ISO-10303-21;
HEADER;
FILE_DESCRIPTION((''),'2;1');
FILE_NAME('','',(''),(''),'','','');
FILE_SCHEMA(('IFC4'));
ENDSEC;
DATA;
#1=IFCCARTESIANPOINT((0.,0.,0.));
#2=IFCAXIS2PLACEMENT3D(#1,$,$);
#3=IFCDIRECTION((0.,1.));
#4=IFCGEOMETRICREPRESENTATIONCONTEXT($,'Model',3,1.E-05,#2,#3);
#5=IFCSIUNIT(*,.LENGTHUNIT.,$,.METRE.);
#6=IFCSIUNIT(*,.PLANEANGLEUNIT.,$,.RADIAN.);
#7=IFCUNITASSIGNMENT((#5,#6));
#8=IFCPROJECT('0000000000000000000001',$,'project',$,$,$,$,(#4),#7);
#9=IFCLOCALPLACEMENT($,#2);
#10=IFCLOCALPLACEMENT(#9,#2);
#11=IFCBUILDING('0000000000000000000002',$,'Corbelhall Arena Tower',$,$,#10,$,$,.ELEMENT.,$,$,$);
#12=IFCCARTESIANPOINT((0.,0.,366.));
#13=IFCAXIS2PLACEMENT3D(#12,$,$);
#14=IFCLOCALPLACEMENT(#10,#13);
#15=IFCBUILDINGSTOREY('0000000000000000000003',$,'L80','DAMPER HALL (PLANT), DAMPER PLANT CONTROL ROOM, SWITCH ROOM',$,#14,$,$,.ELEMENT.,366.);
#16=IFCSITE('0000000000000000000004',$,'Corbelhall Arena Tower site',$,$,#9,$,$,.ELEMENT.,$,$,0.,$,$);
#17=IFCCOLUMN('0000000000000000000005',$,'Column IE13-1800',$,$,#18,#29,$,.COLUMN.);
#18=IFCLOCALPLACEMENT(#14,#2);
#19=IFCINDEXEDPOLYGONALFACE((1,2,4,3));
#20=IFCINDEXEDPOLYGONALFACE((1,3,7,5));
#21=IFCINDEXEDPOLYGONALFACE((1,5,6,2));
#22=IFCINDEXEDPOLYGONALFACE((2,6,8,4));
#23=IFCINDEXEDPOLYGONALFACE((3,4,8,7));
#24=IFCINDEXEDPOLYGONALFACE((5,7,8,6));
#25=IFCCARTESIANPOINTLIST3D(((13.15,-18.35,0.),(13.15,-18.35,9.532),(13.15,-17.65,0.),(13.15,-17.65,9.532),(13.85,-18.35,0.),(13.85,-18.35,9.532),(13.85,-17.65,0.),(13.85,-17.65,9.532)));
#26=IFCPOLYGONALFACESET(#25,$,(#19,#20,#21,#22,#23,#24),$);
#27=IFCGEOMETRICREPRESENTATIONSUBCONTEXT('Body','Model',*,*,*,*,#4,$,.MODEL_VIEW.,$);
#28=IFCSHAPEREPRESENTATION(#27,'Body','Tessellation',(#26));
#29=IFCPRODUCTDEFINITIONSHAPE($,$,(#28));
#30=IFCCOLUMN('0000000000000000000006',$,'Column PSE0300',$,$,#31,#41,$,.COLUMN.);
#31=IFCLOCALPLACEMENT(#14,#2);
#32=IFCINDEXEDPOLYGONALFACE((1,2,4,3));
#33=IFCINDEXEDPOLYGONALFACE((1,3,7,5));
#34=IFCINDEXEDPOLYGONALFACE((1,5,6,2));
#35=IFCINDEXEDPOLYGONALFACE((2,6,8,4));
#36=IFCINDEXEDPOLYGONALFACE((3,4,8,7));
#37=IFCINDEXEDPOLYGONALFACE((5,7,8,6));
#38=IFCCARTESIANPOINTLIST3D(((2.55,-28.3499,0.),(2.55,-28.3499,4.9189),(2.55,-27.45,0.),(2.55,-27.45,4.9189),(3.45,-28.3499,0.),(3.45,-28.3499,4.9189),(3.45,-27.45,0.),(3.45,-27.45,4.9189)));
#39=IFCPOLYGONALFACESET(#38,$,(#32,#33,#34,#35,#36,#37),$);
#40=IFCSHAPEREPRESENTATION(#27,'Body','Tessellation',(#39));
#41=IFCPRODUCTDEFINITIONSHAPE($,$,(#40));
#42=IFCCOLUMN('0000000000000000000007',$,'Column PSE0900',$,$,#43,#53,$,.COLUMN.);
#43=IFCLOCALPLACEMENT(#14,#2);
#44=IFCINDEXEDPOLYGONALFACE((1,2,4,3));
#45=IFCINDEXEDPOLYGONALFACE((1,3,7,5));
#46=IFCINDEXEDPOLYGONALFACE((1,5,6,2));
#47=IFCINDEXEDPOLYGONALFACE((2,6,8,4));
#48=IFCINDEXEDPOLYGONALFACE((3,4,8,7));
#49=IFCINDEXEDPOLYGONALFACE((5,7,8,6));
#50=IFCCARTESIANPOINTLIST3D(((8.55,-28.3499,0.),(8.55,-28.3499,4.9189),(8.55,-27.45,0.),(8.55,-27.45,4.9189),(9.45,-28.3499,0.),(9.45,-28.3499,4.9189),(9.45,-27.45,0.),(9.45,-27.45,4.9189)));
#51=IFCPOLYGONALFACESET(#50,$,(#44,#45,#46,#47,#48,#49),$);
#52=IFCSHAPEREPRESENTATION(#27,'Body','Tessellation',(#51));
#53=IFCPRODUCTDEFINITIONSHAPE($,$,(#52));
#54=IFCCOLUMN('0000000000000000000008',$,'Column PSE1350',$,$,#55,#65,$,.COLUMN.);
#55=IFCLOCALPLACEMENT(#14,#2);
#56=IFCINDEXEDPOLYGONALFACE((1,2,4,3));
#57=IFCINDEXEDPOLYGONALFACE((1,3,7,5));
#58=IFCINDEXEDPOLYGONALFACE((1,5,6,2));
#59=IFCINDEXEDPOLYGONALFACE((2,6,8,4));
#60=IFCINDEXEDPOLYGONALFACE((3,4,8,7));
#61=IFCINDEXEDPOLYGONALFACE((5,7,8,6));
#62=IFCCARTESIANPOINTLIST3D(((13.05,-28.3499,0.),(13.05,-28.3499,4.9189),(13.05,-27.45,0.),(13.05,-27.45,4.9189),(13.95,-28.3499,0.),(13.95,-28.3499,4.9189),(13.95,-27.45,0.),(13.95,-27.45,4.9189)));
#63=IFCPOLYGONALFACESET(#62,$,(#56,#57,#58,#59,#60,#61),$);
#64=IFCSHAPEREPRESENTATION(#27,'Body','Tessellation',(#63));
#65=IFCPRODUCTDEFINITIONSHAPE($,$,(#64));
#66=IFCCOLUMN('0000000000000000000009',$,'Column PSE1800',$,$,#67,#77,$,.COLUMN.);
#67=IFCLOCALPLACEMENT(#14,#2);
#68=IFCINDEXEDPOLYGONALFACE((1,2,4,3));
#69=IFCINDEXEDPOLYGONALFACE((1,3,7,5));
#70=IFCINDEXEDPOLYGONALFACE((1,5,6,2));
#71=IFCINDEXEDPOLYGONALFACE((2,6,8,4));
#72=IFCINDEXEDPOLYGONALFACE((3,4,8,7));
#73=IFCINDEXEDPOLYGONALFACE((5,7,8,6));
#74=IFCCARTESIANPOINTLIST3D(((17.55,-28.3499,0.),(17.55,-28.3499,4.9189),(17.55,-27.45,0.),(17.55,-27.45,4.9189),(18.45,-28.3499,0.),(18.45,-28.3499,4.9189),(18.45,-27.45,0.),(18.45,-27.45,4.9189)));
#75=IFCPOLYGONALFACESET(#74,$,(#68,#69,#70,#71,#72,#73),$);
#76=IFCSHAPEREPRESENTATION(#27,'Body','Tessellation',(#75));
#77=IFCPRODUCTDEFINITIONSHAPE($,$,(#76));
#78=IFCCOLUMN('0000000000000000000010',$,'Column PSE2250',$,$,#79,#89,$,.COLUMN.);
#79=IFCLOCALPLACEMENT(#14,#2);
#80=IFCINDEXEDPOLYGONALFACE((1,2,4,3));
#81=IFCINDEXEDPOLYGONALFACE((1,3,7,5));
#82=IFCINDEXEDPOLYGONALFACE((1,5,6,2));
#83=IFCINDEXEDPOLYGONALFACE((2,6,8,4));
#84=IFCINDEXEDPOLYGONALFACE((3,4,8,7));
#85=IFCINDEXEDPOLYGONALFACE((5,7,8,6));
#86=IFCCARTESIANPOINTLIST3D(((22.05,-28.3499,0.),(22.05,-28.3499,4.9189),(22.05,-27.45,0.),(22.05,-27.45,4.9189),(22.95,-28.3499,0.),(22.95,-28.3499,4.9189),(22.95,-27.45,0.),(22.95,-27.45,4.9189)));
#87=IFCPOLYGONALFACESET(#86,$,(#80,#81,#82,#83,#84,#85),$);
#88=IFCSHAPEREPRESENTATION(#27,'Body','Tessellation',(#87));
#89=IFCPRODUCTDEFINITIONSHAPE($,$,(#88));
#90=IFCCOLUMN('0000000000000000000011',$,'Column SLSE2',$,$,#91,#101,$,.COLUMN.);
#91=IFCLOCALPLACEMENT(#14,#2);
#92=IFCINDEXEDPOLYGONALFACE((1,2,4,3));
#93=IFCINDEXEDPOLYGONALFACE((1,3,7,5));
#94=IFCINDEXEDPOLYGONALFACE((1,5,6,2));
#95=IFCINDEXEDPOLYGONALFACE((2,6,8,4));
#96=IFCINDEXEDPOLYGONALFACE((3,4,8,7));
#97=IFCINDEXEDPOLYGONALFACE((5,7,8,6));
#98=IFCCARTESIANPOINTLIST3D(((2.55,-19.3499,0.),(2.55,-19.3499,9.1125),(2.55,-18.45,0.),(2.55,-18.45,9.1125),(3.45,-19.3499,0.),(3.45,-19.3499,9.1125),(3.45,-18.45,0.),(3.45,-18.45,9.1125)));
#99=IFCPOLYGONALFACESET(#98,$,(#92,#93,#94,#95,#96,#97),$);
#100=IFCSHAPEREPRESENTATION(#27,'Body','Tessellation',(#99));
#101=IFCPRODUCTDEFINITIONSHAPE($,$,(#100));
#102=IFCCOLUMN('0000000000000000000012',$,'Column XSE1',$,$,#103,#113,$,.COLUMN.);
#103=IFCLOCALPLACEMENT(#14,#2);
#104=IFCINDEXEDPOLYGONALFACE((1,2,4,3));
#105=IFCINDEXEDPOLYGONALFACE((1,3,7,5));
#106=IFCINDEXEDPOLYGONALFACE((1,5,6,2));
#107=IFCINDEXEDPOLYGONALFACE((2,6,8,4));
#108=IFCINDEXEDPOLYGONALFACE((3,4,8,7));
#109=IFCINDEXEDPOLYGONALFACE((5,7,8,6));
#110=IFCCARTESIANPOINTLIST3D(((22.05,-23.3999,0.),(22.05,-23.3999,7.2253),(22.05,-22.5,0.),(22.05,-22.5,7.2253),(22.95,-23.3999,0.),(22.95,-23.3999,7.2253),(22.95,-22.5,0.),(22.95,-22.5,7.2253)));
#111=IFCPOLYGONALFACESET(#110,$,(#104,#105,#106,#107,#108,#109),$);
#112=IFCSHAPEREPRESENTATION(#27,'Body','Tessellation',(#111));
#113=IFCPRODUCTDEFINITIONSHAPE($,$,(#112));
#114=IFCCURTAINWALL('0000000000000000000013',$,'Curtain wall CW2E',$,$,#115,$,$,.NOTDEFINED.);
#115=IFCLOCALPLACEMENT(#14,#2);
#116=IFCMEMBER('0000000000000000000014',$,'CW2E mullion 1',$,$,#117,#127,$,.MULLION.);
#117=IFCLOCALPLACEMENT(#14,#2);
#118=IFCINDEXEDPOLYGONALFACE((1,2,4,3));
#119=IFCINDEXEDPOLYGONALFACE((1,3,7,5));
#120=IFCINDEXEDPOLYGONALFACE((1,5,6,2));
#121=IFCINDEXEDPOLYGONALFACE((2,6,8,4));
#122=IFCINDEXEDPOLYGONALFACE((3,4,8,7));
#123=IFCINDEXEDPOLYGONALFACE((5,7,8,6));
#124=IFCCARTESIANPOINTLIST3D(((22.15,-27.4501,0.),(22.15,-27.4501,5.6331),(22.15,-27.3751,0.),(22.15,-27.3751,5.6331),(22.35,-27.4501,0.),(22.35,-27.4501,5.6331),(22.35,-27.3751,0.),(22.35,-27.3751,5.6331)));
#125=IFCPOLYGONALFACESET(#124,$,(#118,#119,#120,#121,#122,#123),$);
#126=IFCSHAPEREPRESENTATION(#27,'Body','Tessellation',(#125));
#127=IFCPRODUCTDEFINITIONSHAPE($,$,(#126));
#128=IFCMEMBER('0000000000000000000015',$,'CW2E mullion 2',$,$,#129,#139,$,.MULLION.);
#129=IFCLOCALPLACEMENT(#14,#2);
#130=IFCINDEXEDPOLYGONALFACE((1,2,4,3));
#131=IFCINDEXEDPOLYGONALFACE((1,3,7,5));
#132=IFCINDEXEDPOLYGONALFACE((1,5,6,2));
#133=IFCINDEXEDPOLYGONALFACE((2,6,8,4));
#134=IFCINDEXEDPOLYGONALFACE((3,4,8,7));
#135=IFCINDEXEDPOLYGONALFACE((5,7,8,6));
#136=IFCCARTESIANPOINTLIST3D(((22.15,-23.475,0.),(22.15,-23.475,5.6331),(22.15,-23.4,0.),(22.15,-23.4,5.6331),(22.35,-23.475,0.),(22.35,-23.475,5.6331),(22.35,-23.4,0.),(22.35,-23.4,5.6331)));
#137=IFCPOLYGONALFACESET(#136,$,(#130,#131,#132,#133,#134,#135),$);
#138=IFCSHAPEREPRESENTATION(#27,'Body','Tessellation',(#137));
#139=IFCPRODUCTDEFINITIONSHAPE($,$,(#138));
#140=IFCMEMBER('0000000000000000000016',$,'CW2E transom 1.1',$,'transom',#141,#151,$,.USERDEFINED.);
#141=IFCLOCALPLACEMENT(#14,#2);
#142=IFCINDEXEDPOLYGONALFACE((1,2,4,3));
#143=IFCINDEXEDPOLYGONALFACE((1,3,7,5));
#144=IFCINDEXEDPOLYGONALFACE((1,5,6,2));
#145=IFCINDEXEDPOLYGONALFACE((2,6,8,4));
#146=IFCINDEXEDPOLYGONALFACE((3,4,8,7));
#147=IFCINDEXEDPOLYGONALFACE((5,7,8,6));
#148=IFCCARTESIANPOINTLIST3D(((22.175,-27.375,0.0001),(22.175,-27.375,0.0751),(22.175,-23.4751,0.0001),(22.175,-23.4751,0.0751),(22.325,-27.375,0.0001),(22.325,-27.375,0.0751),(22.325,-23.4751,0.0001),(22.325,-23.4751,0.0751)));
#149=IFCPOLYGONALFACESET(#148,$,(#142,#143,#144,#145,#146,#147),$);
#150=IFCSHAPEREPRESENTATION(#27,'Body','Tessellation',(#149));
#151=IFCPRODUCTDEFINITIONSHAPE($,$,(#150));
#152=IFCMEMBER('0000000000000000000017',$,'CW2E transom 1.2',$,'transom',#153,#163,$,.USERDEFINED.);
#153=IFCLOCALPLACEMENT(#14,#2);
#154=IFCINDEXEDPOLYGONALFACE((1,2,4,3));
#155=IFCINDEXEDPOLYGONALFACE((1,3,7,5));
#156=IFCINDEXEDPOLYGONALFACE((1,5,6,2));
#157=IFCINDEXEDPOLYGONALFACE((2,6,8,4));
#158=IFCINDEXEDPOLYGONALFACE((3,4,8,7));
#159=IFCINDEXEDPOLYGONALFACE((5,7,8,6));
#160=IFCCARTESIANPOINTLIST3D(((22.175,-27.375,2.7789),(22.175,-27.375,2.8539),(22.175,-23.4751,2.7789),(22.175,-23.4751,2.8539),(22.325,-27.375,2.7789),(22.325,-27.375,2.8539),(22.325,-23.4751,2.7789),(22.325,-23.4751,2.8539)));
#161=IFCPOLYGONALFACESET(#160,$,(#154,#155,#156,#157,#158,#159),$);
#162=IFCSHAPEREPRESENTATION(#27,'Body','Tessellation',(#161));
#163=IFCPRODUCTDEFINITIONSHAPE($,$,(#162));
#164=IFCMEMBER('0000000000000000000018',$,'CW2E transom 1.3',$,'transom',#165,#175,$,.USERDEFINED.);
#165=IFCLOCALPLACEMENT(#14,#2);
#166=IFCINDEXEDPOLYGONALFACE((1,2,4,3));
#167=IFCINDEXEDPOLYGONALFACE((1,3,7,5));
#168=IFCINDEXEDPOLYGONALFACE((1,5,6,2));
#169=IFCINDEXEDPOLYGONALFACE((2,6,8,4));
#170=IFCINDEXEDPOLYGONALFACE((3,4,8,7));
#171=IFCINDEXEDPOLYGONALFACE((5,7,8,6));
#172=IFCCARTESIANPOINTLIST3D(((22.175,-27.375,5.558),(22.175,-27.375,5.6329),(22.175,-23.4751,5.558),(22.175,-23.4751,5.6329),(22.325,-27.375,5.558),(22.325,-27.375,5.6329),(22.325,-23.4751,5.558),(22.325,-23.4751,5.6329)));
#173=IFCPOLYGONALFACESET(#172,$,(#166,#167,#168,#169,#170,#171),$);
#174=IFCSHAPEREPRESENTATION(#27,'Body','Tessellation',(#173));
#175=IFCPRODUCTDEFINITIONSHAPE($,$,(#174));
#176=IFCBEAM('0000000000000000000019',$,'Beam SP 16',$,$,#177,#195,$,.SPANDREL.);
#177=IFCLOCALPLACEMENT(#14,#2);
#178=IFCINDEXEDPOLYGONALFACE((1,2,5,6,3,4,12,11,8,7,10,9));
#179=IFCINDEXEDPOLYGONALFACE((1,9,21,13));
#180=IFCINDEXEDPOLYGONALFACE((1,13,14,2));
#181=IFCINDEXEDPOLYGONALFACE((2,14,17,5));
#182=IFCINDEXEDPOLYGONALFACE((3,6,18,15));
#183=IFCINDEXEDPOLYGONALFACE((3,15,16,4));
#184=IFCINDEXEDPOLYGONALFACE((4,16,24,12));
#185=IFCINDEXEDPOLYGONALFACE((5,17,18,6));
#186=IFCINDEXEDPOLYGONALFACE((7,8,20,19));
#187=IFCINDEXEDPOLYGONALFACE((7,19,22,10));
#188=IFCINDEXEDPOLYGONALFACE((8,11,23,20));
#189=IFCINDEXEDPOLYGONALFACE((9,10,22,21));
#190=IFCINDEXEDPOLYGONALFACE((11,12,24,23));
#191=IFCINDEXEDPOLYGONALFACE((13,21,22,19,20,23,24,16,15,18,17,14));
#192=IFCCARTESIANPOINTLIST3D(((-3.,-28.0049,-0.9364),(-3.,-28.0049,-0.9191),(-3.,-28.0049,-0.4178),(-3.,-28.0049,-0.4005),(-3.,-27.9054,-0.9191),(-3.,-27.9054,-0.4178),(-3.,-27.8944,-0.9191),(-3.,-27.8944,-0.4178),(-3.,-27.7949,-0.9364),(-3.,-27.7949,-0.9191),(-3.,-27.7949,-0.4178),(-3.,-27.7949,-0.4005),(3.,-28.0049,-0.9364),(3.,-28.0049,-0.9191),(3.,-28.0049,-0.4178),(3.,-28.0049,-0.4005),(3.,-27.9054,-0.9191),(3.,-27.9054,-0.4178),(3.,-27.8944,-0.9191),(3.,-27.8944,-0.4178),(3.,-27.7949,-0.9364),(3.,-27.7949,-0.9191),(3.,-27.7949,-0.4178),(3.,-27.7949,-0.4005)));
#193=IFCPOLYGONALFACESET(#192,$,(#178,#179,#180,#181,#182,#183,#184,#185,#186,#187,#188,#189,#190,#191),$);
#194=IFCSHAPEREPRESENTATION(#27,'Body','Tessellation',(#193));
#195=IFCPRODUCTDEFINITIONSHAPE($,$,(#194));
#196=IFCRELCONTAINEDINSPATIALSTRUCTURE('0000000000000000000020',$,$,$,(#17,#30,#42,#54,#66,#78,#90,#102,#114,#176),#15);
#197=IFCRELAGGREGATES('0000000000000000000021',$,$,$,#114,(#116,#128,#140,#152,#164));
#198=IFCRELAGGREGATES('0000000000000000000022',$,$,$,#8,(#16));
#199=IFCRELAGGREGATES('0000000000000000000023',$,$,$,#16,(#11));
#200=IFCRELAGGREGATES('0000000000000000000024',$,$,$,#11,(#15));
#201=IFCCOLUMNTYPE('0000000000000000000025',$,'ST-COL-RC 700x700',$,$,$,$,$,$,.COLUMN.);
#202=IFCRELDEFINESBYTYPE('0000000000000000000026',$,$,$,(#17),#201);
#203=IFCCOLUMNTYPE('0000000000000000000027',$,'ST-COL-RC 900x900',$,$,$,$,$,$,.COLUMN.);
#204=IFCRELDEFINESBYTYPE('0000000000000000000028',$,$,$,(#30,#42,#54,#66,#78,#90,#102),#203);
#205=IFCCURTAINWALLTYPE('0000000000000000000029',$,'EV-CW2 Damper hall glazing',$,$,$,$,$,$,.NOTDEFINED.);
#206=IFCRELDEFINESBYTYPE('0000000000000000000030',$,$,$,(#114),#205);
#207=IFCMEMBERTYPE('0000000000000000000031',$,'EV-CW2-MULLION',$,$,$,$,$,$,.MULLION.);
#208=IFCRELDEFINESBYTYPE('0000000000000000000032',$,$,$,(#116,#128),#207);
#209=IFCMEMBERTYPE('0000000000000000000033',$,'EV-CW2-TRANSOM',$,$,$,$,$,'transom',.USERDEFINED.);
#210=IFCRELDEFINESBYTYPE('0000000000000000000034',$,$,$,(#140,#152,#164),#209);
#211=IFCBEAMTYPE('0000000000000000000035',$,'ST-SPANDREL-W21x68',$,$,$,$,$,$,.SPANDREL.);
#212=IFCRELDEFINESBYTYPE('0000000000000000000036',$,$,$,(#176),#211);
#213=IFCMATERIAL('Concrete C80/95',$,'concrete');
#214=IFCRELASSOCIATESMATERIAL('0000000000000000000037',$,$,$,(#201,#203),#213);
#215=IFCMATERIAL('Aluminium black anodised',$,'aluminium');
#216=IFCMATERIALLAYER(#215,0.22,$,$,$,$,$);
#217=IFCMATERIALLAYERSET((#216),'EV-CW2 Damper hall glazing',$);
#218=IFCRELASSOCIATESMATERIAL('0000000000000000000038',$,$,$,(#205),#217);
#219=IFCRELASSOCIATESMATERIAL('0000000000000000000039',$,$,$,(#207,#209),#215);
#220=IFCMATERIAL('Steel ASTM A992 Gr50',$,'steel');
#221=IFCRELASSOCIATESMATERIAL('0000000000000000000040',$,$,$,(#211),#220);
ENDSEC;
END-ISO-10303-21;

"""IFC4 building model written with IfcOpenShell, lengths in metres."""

from ifc_helpers import new_model, si_unit, direction, frame, origin, origin_2d, place, context, subcontext, project, spatial, rectangle, i_section, extrude, material, layer, layer_set, material_profile, profile_set, type_object, element, aggregate, save


model = new_model("IFC4")

# Units and contexts
model_context = context("Model", 3, precision=1e-05, world=origin(), true_north=direction((0.0, 1.0)))
body_context = subcontext(model_context, "Body", "Model", "MODEL_VIEW")
ifc_project = project(units=[si_unit("LENGTHUNIT", "METRE"), si_unit("PLANEANGLEUNIT", "RADIAN")], contexts=[model_context])

# Site, building, storey
site_placement = place(None, origin())
site = spatial("IfcSite", under=ifc_project, at=site_placement, Name="Corbelhall Arena Tower site", CompositionType="ELEMENT", RefElevation=0.0)
building_placement = place(site_placement, origin())
building = spatial("IfcBuilding", under=site, at=building_placement, Name="Corbelhall Arena Tower", CompositionType="ELEMENT")
storey_placement = place(building_placement, frame((0.0, 0.0, 366.0)))
storey = spatial("IfcBuildingStorey", under=building, at=storey_placement, Name="L80", Description="DAMPER HALL (PLANT), DAMPER PLANT CONTROL ROOM, SWITCH ROOM", CompositionType="ELEMENT", Elevation=366.0)

# Columns
ifc_material_1 = material(Name="Concrete C80/95", Category="concrete")
ifc_material_profile_1 = material_profile(ifc_material_1, rectangle(XDim=0.7, YDim=0.7, at=origin_2d()))
ifc_profile_set_1 = profile_set([ifc_material_profile_1], Name="Concrete C80/95")
column_type_1 = type_object("IfcColumnType", Name="ST-COL-RC 700x700", PredefinedType="COLUMN", material=ifc_profile_set_1)
column_1_placement = place(storey_placement, frame((13.5, -18.0, 0.0), z_axis=(0.0, 0.0, 1.0), x_axis=(1.0, 0.0, 0.0)))
element("IfcColumn", 1, at=column_1_placement, inside=storey, type_object=column_type_1, Name="Column IE13-1800", PredefinedType="COLUMN", context=body_context, shape_type="SweptSolid", body=[
    extrude(rectangle(XDim=0.7, YDim=0.7, at=origin_2d()), origin(), (0.0, 0.0, 1.0), 9.532),
])
ifc_material_profile_2 = material_profile(ifc_material_1, rectangle(XDim=0.8999, YDim=0.8999, at=origin_2d()))
ifc_profile_set_2 = profile_set([ifc_material_profile_2], Name="Concrete C80/95")
column_type_2 = type_object("IfcColumnType", Name="ST-COL-RC 900x900", PredefinedType="COLUMN", material=ifc_profile_set_2)
for number, where, z_axis, x_axis, name in (
    (2, (3.0, -27.8999, 0.0), (0.0, 0.0, 1.0), (1.0, 0.0, 0.0), "Column PSE0300"),
    (3, (9.0, -27.8999, 0.0), (0.0, 0.0, 1.0), (1.0, 0.0, 0.0), "Column PSE0900"),
    (4, (13.5, -27.8999, 0.0), (0.0, 0.0, 1.0), (1.0, 0.0, 0.0), "Column PSE1350"),
    (5, (18.0, -27.8999, 0.0), (0.0, 0.0, 1.0), (1.0, 0.0, 0.0), "Column PSE1800"),
    (6, (22.5, -27.8999, 0.0), (0.0, 0.0, 1.0), (1.0, 0.0, 0.0), "Column PSE2250"),
):
    element("IfcColumn", number, at=place(storey_placement, frame(where, z_axis=z_axis, x_axis=x_axis)), inside=storey, type_object=column_type_2, Name=name, PredefinedType="COLUMN", context=body_context, shape_type="SweptSolid", body=[
        extrude(rectangle(XDim=0.8999, YDim=0.8999, at=origin_2d()), origin(), (0.0, 0.0, 1.0), 4.9189),
    ])
column_2_placement = place(storey_placement, frame((3.0, -18.8999, 0.0), z_axis=(0.0, 0.0, 1.0), x_axis=(1.0, 0.0, 0.0)))
element("IfcColumn", 7, at=column_2_placement, inside=storey, type_object=column_type_2, Name="Column SLSE2", PredefinedType="COLUMN", context=body_context, shape_type="SweptSolid", body=[
    extrude(rectangle(XDim=0.8999, YDim=0.8999, at=origin_2d()), origin(), (0.0, 0.0, 1.0), 9.1125),
])
column_3_placement = place(storey_placement, frame((22.5, -22.95, 0.0), z_axis=(0.0, 0.0, 1.0), x_axis=(1.0, 0.0, 0.0)))
element("IfcColumn", 8, at=column_3_placement, inside=storey, type_object=column_type_2, Name="Column XSE1", PredefinedType="COLUMN", context=body_context, shape_type="SweptSolid", body=[
    extrude(rectangle(XDim=0.8999, YDim=0.8999, at=origin_2d()), origin(), (0.0, 0.0, 1.0), 7.2253),
])

# Curtain wall, members
ifc_material_2 = material(Name="Aluminium black anodised", Category="aluminium")
ifc_layer_1 = layer(ifc_material_2, 0.22)
ifc_layer_set_1 = layer_set([ifc_layer_1], Name="EV-CW2 Damper hall glazing")
curtain_wall_type = type_object("IfcCurtainWallType", Name="EV-CW2 Damper hall glazing", PredefinedType="NOTDEFINED", material=ifc_layer_set_1)
curtain_wall_placement = place(storey_placement, origin())
curtain_wall = element("IfcCurtainWall", 9, at=curtain_wall_placement, inside=storey, type_object=curtain_wall_type, Name="Curtain wall CW2E", PredefinedType="NOTDEFINED")
ifc_material_profile_3 = material_profile(ifc_material_2, rectangle(XDim=0.2, YDim=0.075, at=origin_2d()))
ifc_profile_set_3 = profile_set([ifc_material_profile_3], Name="Aluminium black anodised")
member_type_1 = type_object("IfcMemberType", Name="EV-CW2-MULLION", PredefinedType="MULLION", material=ifc_profile_set_3)
member_1_placement = place(storey_placement, frame((22.25, -27.4126, 0.0), z_axis=(0.0, 0.0, 1.0), x_axis=(-1.0, 0.0, 0.0)))
member_1 = element("IfcMember", 10, at=member_1_placement, type_object=member_type_1, Name="CW2E mullion 1", PredefinedType="MULLION", context=body_context, shape_type="SweptSolid", body=[
    extrude(rectangle(XDim=0.2, YDim=0.075, at=origin_2d()), origin(), (0.0, 0.0, 1.0), 5.6331),
])
member_2_placement = place(storey_placement, frame((22.25, -23.4375, 0.0), z_axis=(0.0, 0.0, 1.0), x_axis=(-1.0, 0.0, 0.0)))
member_2 = element("IfcMember", 11, at=member_2_placement, type_object=member_type_1, Name="CW2E mullion 2", PredefinedType="MULLION", context=body_context, shape_type="SweptSolid", body=[
    extrude(rectangle(XDim=0.2, YDim=0.075, at=origin_2d()), origin(), (0.0, 0.0, 1.0), 5.6331),
])
ifc_material_profile_4 = material_profile(ifc_material_2, rectangle(XDim=0.1499, YDim=0.075, at=origin_2d()))
ifc_profile_set_4 = profile_set([ifc_material_profile_4], Name="Aluminium black anodised")
member_type_2 = type_object("IfcMemberType", Name="EV-CW2-TRANSOM", ElementType="transom", PredefinedType="USERDEFINED", material=ifc_profile_set_4)
member_3_placement = place(storey_placement, frame((22.25, -27.375, 0.0376), z_axis=(0.0, 1.0, 0.0), x_axis=(-1.0, 0.0, 0.0)))
member_3 = element("IfcMember", 12, at=member_3_placement, type_object=member_type_2, Name="CW2E transom 1.1", ObjectType="transom", PredefinedType="USERDEFINED", context=body_context, shape_type="SweptSolid", body=[
    extrude(rectangle(XDim=0.1499, YDim=0.075, at=origin_2d()), origin(), (0.0, 0.0, 1.0), 3.8999),
])
member_4_placement = place(storey_placement, frame((22.25, -27.375, 2.8164), z_axis=(0.0, 1.0, 0.0), x_axis=(-1.0, 0.0, 0.0)))
member_4 = element("IfcMember", 13, at=member_4_placement, type_object=member_type_2, Name="CW2E transom 1.2", ObjectType="transom", PredefinedType="USERDEFINED", context=body_context, shape_type="SweptSolid", body=[
    extrude(rectangle(XDim=0.1499, YDim=0.075, at=origin_2d()), origin(), (0.0, 0.0, 1.0), 3.8999),
])
member_5_placement = place(storey_placement, frame((22.25, -27.375, 5.5955), z_axis=(0.0, 1.0, 0.0), x_axis=(-1.0, 0.0, 0.0)))
member_5 = element("IfcMember", 14, at=member_5_placement, type_object=member_type_2, Name="CW2E transom 1.3", ObjectType="transom", PredefinedType="USERDEFINED", context=body_context, shape_type="SweptSolid", body=[
    extrude(rectangle(XDim=0.1499, YDim=0.075, at=origin_2d()), origin(), (0.0, 0.0, 1.0), 3.8999),
])

# Beam
ifc_material_3 = material(Name="Steel ASTM A992 Gr50", Category="steel")
ifc_material_profile_5 = material_profile(ifc_material_3, i_section(OverallWidth=0.21, OverallDepth=0.5359, WebThickness=0.011, FlangeThickness=0.0173, at=origin_2d()))
ifc_profile_set_5 = profile_set([ifc_material_profile_5], Name="Steel ASTM A992 Gr50")
beam_type = type_object("IfcBeamType", Name="ST-SPANDREL-W21x68", PredefinedType="SPANDREL", material=ifc_profile_set_5)
for number, where, z_axis, x_axis, name in (
    (15, (3.0, -27.8999, -0.6685), (-1.0, 0.0, 0.0), (0.0, -1.0, 0.0), "Beam SP 16"),
):
    element("IfcBeam", number, at=place(storey_placement, frame(where, z_axis=z_axis, x_axis=x_axis)), inside=storey, type_object=beam_type, Name=name, PredefinedType="SPANDREL", context=body_context, shape_type="SweptSolid", body=[
        extrude(i_section(OverallWidth=0.21, OverallDepth=0.5359, WebThickness=0.011, FlangeThickness=0.0173, at=origin_2d()), origin(), (0.0, 0.0, 1.0), 6.0),
    ])

aggregate(curtain_wall, [member_1, member_2, member_3, member_4, member_5])

save(model, "model.ifc")
